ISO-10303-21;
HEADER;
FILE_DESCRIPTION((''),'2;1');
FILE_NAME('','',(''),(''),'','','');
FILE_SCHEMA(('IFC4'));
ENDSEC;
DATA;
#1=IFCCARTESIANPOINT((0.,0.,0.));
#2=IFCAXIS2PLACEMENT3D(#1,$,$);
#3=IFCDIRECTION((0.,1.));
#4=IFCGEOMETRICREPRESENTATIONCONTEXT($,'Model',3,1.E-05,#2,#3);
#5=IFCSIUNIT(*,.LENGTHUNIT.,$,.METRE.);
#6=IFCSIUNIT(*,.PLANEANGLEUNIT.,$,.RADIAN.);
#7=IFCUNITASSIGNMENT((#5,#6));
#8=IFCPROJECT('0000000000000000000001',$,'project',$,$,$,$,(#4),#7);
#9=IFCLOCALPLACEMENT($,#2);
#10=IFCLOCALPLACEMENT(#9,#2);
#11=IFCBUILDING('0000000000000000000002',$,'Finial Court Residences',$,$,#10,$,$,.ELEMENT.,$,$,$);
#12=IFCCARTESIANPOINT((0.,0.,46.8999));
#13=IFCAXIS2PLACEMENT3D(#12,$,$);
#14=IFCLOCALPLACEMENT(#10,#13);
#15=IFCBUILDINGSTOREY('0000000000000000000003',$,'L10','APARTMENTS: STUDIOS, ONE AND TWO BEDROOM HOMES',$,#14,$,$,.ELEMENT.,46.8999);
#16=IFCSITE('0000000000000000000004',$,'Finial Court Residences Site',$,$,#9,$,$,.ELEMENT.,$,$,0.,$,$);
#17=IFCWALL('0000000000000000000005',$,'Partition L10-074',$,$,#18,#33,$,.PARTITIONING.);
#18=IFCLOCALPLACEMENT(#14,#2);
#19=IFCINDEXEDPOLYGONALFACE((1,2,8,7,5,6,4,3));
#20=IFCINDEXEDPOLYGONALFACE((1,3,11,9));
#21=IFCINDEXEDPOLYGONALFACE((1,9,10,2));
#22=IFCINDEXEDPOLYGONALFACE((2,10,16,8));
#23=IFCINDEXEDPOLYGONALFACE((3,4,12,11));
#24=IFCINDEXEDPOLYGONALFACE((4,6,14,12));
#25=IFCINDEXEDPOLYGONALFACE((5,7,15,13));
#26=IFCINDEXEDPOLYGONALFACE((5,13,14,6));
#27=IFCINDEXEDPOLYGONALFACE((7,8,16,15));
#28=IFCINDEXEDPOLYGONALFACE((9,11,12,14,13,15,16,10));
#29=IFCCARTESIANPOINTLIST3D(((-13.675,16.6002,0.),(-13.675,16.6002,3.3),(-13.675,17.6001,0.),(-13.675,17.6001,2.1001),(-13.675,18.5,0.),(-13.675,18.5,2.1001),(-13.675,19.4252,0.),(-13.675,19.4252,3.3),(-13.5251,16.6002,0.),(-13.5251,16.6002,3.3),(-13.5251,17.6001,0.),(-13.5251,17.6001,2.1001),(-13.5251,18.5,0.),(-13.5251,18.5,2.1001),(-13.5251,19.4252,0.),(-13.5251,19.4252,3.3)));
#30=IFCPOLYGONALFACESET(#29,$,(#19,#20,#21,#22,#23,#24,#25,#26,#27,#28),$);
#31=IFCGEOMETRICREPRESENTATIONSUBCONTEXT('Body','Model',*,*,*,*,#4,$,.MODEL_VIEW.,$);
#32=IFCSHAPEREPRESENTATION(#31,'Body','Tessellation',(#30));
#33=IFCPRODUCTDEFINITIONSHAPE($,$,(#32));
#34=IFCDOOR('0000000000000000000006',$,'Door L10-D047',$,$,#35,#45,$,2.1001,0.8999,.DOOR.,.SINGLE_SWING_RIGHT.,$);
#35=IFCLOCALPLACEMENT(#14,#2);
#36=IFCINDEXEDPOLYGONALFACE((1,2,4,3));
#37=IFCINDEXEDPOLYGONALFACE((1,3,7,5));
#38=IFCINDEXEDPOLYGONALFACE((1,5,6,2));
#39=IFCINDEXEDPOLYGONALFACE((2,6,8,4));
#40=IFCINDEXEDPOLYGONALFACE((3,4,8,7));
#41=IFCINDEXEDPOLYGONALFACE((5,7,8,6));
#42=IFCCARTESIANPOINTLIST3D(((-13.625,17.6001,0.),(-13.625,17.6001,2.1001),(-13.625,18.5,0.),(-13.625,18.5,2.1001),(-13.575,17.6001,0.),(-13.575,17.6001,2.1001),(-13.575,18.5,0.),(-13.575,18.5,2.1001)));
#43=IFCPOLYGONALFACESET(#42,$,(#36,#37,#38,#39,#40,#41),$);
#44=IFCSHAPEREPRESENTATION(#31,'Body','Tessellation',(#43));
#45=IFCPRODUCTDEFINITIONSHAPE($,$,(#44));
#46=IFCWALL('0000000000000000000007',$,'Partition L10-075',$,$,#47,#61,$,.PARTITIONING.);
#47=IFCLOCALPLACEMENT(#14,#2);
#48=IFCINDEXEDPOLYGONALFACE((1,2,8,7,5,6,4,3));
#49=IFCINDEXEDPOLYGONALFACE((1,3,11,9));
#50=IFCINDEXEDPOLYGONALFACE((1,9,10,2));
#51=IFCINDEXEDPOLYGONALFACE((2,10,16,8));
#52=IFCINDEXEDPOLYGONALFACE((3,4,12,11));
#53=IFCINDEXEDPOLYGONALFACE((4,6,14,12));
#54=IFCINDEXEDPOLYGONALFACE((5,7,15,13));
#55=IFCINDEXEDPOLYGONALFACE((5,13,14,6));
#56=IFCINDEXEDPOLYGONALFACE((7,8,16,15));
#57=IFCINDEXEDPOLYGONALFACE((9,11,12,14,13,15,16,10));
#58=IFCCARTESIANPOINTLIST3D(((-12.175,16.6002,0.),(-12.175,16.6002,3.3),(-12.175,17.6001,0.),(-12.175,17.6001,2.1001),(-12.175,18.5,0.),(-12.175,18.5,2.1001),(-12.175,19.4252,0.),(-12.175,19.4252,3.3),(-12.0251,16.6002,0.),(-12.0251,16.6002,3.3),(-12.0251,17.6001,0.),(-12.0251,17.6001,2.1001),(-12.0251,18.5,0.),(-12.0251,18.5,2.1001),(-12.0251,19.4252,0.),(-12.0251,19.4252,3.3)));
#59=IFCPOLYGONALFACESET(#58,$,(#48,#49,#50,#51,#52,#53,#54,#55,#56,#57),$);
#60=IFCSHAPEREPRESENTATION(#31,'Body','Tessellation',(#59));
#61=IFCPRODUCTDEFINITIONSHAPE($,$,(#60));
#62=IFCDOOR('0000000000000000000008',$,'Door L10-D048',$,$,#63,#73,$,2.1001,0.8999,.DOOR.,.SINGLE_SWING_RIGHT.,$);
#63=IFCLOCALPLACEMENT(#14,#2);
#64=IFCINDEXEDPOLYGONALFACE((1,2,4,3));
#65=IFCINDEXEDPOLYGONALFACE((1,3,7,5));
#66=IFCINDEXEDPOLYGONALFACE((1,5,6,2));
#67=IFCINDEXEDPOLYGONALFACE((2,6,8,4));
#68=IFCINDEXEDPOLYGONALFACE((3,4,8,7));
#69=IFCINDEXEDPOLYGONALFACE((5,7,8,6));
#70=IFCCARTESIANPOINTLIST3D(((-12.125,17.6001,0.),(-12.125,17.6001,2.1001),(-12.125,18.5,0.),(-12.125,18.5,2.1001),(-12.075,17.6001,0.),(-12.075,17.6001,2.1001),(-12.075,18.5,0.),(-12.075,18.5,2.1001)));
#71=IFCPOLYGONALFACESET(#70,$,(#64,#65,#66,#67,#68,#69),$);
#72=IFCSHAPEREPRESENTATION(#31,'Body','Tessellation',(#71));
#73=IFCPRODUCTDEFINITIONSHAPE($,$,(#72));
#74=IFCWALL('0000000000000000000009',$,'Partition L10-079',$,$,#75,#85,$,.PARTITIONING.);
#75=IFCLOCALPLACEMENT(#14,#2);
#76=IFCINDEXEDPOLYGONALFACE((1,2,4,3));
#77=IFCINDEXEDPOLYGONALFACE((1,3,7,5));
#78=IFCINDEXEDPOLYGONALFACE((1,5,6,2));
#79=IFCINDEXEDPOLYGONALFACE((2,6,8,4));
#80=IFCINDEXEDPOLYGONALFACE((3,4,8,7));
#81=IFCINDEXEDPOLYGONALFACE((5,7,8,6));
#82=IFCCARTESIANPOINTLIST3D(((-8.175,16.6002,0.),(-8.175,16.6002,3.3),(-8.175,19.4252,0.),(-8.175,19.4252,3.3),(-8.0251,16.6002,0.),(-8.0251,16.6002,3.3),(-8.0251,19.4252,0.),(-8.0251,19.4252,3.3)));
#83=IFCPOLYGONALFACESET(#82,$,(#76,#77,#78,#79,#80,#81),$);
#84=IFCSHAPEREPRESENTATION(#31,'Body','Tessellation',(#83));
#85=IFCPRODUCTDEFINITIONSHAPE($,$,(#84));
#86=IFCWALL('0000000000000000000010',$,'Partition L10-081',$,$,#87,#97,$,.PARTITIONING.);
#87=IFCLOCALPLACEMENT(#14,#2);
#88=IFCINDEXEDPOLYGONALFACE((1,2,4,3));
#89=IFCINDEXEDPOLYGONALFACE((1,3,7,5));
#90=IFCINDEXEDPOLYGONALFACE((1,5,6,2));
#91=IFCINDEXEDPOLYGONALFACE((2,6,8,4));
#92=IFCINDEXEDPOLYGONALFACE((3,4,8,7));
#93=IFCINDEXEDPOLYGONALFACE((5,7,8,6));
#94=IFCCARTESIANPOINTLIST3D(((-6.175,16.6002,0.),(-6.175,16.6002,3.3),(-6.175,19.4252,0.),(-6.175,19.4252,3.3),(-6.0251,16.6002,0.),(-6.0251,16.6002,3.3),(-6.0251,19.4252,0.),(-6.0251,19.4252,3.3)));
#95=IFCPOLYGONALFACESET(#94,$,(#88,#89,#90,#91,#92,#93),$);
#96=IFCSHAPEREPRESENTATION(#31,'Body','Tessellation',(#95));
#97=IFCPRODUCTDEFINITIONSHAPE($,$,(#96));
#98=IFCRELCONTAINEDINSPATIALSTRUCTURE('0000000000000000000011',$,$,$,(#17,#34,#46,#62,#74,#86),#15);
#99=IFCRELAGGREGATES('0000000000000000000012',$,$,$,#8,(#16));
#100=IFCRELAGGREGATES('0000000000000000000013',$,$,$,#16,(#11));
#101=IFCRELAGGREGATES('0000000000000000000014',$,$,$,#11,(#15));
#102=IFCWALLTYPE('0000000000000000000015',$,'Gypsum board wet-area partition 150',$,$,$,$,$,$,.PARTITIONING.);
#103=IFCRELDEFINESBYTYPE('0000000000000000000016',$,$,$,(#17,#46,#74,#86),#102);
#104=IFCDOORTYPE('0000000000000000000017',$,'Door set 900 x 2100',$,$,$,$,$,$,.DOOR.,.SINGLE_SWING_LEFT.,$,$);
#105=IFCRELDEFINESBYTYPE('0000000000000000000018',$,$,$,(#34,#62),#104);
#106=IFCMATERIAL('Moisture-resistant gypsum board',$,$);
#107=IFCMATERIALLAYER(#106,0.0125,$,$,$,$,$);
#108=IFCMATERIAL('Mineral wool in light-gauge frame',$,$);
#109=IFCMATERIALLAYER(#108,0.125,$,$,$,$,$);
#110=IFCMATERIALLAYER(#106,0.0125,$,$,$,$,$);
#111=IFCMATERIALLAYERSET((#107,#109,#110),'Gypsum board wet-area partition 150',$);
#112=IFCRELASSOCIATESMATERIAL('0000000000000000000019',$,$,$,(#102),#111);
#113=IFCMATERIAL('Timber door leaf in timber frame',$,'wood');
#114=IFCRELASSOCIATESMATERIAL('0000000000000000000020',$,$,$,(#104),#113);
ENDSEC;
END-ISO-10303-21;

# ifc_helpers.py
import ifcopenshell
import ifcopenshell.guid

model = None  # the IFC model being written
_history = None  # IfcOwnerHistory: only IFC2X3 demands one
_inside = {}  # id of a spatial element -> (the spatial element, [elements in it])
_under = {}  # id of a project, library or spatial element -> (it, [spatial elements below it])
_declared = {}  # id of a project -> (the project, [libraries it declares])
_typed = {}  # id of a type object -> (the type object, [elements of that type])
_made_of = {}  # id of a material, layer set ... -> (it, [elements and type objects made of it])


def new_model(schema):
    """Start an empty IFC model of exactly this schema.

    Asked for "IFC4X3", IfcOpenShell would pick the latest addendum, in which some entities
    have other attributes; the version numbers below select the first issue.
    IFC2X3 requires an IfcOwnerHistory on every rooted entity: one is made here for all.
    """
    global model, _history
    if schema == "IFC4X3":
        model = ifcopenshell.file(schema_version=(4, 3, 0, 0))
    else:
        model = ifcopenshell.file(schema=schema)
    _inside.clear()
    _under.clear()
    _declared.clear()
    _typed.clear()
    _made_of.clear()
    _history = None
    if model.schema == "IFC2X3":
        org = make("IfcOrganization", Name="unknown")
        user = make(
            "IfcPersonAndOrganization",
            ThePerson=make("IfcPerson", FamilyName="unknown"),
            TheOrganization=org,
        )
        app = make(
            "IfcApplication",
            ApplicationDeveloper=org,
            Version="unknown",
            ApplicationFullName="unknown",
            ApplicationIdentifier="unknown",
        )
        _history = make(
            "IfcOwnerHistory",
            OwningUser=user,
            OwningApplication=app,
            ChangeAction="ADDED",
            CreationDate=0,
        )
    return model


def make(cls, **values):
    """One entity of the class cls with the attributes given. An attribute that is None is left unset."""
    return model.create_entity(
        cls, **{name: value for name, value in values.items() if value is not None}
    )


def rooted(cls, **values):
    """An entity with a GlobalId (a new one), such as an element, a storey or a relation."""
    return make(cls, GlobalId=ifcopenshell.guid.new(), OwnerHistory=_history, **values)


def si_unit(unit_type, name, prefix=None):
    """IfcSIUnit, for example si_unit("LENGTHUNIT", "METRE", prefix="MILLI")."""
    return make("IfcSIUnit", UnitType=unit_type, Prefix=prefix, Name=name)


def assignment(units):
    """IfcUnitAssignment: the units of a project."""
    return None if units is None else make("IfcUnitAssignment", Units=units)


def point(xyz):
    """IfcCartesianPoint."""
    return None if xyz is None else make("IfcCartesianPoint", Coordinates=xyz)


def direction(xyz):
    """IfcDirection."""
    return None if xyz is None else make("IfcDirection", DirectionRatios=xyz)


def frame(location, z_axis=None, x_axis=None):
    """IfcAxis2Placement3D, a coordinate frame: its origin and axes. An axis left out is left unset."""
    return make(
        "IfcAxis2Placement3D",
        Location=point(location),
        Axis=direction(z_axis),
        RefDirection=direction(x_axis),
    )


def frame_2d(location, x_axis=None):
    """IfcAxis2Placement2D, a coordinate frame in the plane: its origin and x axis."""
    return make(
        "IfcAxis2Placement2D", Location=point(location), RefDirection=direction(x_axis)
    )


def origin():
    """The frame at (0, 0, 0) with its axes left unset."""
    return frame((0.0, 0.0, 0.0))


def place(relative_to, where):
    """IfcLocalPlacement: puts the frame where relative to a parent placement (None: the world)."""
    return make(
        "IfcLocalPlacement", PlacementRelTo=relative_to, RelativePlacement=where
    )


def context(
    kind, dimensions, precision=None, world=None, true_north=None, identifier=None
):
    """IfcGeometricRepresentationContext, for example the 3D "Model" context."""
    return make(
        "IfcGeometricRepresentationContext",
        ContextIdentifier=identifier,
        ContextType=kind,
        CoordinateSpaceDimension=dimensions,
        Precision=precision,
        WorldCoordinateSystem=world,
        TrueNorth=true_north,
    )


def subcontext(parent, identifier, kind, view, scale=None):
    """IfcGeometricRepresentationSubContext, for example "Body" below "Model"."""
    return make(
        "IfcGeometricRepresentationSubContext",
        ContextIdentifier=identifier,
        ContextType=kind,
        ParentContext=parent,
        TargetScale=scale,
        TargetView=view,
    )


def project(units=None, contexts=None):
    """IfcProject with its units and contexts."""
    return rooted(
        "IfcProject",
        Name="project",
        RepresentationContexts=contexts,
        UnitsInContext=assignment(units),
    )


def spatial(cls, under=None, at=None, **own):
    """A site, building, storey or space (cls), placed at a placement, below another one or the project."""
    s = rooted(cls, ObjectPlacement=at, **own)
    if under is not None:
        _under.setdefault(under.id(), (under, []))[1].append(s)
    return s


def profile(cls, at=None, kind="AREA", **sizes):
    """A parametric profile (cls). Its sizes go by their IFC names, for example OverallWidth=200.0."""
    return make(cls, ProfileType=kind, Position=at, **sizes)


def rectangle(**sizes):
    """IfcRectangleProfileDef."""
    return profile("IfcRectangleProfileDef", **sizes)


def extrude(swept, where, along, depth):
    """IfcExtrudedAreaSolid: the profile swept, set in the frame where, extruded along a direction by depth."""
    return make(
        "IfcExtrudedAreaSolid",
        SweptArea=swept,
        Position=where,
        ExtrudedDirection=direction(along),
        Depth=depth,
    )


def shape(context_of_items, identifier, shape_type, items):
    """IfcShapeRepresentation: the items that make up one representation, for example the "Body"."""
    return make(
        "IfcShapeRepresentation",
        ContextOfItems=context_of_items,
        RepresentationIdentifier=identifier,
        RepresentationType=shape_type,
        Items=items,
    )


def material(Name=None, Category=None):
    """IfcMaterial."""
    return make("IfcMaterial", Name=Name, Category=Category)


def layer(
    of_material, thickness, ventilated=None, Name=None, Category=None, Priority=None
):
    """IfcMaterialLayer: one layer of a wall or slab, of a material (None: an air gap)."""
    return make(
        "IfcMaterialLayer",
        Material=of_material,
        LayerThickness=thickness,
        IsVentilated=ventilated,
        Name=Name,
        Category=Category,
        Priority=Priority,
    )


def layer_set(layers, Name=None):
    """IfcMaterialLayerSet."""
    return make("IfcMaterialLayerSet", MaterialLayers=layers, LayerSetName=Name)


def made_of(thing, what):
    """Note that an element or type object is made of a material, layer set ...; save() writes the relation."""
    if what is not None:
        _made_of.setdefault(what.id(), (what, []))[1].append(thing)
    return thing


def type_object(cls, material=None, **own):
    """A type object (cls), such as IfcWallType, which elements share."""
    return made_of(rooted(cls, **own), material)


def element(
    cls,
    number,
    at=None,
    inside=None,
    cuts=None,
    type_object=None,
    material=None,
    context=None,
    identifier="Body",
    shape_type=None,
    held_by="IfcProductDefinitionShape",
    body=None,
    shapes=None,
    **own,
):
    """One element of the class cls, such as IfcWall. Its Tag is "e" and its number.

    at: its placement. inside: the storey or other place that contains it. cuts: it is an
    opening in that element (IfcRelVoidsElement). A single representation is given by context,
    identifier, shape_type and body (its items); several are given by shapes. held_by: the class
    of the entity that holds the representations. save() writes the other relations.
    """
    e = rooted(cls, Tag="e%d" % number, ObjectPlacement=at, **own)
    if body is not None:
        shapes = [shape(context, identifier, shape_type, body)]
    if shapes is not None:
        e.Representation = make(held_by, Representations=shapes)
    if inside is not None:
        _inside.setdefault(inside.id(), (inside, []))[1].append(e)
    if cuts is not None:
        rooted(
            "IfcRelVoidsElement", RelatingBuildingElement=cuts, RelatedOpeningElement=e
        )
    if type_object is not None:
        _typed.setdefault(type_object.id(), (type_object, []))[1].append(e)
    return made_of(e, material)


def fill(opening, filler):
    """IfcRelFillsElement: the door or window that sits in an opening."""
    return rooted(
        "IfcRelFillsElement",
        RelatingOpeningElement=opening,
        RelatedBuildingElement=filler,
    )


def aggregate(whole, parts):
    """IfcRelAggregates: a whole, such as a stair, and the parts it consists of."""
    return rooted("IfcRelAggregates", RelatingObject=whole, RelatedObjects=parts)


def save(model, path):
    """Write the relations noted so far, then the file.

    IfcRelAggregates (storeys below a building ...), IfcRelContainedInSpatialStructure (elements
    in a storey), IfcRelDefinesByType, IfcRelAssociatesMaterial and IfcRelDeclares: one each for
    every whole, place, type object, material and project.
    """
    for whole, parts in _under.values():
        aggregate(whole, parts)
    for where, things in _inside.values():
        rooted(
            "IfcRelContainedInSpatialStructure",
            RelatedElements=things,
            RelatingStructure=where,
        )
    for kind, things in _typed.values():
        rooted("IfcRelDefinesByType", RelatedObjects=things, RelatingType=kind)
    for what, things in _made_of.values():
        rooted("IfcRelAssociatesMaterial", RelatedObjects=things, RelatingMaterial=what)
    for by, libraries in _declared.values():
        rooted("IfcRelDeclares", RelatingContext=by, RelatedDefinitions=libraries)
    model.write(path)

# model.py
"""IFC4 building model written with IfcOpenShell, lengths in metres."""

from ifc_helpers import new_model, si_unit, direction, frame, frame_2d, origin, place, context, subcontext, project, spatial, rectangle, extrude, material, layer, layer_set, type_object, element, fill, save


model = new_model("IFC4")

# Units and contexts
model_context = context("Model", 3, precision=1e-05, world=origin(), true_north=direction((0.0, 1.0)))
body_context = subcontext(model_context, "Body", "Model", "MODEL_VIEW")
ifc_project = project(units=[si_unit("LENGTHUNIT", "METRE"), si_unit("PLANEANGLEUNIT", "RADIAN")], contexts=[model_context])

# Site, building, storey
site_placement = place(None, origin())
site = spatial("IfcSite", under=ifc_project, at=site_placement, Name="Finial Court Residences Site", CompositionType="ELEMENT", RefElevation=0.0)
building_placement = place(site_placement, origin())
building = spatial("IfcBuilding", under=site, at=building_placement, Name="Finial Court Residences", CompositionType="ELEMENT")
storey_placement = place(building_placement, frame((0.0, 0.0, 46.8999)))
storey = spatial("IfcBuildingStorey", under=building, at=storey_placement, Name="L10", Description="APARTMENTS: STUDIOS, ONE AND TWO BEDROOM HOMES", CompositionType="ELEMENT", Elevation=46.8999)

# Shared definitions
ifc_material_1 = material(Name="Mineral wool in light-gauge frame")

# Walls, openings, doors
ifc_material_2 = material(Name="Moisture-resistant gypsum board")
ifc_layer_1 = layer(ifc_material_2, 0.0125)
ifc_layer_2 = layer(ifc_material_1, 0.125)
ifc_layer_3 = layer(ifc_material_2, 0.0125)
ifc_layer_set_1 = layer_set([ifc_layer_1, ifc_layer_2, ifc_layer_3], Name="Gypsum board wet-area partition 150")
wall_type_1 = type_object("IfcWallType", Name="Gypsum board wet-area partition 150", PredefinedType="PARTITIONING", material=ifc_layer_set_1)
wall_1_placement = place(storey_placement, frame((-13.6001, 16.6001, 0.0), z_axis=(0.0, 0.0, 1.0), x_axis=(0.0, 1.0, 0.0)))
wall_1 = element("IfcWall", 1, at=wall_1_placement, inside=storey, type_object=wall_type_1, Name="Partition L10-074", PredefinedType="PARTITIONING", context=body_context, shape_type="SweptSolid", body=[
    extrude(rectangle(XDim=2.825, YDim=0.1499, at=frame_2d((1.4126, 0.0))), origin(), (0.0, 0.0, 1.0), 3.3),
])
opening_1_placement = place(wall_1_placement, frame((1.0, 0.0, 0.0)))
opening_1 = element("IfcOpeningElement", 2, at=opening_1_placement, cuts=wall_1, PredefinedType="OPENING", context=body_context, shape_type="SweptSolid", body=[
    extrude(rectangle(XDim=0.8999, YDim=2.1001, at=frame_2d((0.45, 1.05))), frame((0.0, 0.085, 0.0), z_axis=(0.0, -1.0, 0.0), x_axis=(1.0, 0.0, 0.0)), (0.0, 0.0, 1.0), 0.1699),
])
ifc_material_3 = material(Name="Timber door leaf in timber frame", Category="wood")
door_type_1 = type_object("IfcDoorType", Name="Door set 900 x 2100", OperationType="SINGLE_SWING_LEFT", PredefinedType="DOOR", material=ifc_material_3)
door_1_placement = place(opening_1_placement, origin())
door_1 = element("IfcDoor", 3, at=door_1_placement, inside=storey, type_object=door_type_1, Name="Door L10-D047", OperationType="SINGLE_SWING_RIGHT", OverallHeight=2.1001, OverallWidth=0.8999, PredefinedType="DOOR", context=body_context, shape_type="SweptSolid", body=[
    extrude(rectangle(XDim=0.8999, YDim=2.1001, at=frame_2d((0.45, 1.05))), frame((0.0, 0.0249, 0.0), z_axis=(0.0, -1.0, 0.0), x_axis=(1.0, 0.0, 0.0)), (0.0, 0.0, 1.0), 0.05),
])
fill(opening_1, door_1)
wall_2_placement = place(storey_placement, frame((-12.1001, 16.6001, 0.0), z_axis=(0.0, 0.0, 1.0), x_axis=(0.0, 1.0, 0.0)))
wall_2 = element("IfcWall", 4, at=wall_2_placement, inside=storey, type_object=wall_type_1, Name="Partition L10-075", PredefinedType="PARTITIONING", context=body_context, shape_type="SweptSolid", body=[
    extrude(rectangle(XDim=2.825, YDim=0.1499, at=frame_2d((1.4126, 0.0))), origin(), (0.0, 0.0, 1.0), 3.3),
])
opening_2_placement = place(wall_2_placement, frame((1.0, 0.0, 0.0)))
opening_2 = element("IfcOpeningElement", 5, at=opening_2_placement, cuts=wall_2, PredefinedType="OPENING", context=body_context, shape_type="SweptSolid", body=[
    extrude(rectangle(XDim=0.8999, YDim=2.1001, at=frame_2d((0.45, 1.05))), frame((0.0, 0.085, 0.0), z_axis=(0.0, -1.0, 0.0), x_axis=(1.0, 0.0, 0.0)), (0.0, 0.0, 1.0), 0.1699),
])
door_2_placement = place(opening_2_placement, origin())
door_2 = element("IfcDoor", 6, at=door_2_placement, inside=storey, type_object=door_type_1, Name="Door L10-D048", OperationType="SINGLE_SWING_RIGHT", OverallHeight=2.1001, OverallWidth=0.8999, PredefinedType="DOOR", context=body_context, shape_type="SweptSolid", body=[
    extrude(rectangle(XDim=0.8999, YDim=2.1001, at=frame_2d((0.45, 1.05))), frame((0.0, 0.0249, 0.0), z_axis=(0.0, -1.0, 0.0), x_axis=(1.0, 0.0, 0.0)), (0.0, 0.0, 1.0), 0.05),
])
fill(opening_2, door_2)

# Walls
for number, where, z_axis, x_axis, name in (
    (7, (-8.1001, 16.6001, 0.0), (0.0, 0.0, 1.0), (0.0, 1.0, 0.0), "Partition L10-079"),
    (8, (-6.1001, 16.6001, 0.0), (0.0, 0.0, 1.0), (0.0, 1.0, 0.0), "Partition L10-081"),
):
    element("IfcWall", number, at=place(storey_placement, frame(where, z_axis=z_axis, x_axis=x_axis)), inside=storey, type_object=wall_type_1, Name=name, PredefinedType="PARTITIONING", context=body_context, shape_type="SweptSolid", body=[
        extrude(rectangle(XDim=2.825, YDim=0.1499, at=frame_2d((1.4126, 0.0))), origin(), (0.0, 0.0, 1.0), 3.3),
    ])

save(model, "model.ifc")
